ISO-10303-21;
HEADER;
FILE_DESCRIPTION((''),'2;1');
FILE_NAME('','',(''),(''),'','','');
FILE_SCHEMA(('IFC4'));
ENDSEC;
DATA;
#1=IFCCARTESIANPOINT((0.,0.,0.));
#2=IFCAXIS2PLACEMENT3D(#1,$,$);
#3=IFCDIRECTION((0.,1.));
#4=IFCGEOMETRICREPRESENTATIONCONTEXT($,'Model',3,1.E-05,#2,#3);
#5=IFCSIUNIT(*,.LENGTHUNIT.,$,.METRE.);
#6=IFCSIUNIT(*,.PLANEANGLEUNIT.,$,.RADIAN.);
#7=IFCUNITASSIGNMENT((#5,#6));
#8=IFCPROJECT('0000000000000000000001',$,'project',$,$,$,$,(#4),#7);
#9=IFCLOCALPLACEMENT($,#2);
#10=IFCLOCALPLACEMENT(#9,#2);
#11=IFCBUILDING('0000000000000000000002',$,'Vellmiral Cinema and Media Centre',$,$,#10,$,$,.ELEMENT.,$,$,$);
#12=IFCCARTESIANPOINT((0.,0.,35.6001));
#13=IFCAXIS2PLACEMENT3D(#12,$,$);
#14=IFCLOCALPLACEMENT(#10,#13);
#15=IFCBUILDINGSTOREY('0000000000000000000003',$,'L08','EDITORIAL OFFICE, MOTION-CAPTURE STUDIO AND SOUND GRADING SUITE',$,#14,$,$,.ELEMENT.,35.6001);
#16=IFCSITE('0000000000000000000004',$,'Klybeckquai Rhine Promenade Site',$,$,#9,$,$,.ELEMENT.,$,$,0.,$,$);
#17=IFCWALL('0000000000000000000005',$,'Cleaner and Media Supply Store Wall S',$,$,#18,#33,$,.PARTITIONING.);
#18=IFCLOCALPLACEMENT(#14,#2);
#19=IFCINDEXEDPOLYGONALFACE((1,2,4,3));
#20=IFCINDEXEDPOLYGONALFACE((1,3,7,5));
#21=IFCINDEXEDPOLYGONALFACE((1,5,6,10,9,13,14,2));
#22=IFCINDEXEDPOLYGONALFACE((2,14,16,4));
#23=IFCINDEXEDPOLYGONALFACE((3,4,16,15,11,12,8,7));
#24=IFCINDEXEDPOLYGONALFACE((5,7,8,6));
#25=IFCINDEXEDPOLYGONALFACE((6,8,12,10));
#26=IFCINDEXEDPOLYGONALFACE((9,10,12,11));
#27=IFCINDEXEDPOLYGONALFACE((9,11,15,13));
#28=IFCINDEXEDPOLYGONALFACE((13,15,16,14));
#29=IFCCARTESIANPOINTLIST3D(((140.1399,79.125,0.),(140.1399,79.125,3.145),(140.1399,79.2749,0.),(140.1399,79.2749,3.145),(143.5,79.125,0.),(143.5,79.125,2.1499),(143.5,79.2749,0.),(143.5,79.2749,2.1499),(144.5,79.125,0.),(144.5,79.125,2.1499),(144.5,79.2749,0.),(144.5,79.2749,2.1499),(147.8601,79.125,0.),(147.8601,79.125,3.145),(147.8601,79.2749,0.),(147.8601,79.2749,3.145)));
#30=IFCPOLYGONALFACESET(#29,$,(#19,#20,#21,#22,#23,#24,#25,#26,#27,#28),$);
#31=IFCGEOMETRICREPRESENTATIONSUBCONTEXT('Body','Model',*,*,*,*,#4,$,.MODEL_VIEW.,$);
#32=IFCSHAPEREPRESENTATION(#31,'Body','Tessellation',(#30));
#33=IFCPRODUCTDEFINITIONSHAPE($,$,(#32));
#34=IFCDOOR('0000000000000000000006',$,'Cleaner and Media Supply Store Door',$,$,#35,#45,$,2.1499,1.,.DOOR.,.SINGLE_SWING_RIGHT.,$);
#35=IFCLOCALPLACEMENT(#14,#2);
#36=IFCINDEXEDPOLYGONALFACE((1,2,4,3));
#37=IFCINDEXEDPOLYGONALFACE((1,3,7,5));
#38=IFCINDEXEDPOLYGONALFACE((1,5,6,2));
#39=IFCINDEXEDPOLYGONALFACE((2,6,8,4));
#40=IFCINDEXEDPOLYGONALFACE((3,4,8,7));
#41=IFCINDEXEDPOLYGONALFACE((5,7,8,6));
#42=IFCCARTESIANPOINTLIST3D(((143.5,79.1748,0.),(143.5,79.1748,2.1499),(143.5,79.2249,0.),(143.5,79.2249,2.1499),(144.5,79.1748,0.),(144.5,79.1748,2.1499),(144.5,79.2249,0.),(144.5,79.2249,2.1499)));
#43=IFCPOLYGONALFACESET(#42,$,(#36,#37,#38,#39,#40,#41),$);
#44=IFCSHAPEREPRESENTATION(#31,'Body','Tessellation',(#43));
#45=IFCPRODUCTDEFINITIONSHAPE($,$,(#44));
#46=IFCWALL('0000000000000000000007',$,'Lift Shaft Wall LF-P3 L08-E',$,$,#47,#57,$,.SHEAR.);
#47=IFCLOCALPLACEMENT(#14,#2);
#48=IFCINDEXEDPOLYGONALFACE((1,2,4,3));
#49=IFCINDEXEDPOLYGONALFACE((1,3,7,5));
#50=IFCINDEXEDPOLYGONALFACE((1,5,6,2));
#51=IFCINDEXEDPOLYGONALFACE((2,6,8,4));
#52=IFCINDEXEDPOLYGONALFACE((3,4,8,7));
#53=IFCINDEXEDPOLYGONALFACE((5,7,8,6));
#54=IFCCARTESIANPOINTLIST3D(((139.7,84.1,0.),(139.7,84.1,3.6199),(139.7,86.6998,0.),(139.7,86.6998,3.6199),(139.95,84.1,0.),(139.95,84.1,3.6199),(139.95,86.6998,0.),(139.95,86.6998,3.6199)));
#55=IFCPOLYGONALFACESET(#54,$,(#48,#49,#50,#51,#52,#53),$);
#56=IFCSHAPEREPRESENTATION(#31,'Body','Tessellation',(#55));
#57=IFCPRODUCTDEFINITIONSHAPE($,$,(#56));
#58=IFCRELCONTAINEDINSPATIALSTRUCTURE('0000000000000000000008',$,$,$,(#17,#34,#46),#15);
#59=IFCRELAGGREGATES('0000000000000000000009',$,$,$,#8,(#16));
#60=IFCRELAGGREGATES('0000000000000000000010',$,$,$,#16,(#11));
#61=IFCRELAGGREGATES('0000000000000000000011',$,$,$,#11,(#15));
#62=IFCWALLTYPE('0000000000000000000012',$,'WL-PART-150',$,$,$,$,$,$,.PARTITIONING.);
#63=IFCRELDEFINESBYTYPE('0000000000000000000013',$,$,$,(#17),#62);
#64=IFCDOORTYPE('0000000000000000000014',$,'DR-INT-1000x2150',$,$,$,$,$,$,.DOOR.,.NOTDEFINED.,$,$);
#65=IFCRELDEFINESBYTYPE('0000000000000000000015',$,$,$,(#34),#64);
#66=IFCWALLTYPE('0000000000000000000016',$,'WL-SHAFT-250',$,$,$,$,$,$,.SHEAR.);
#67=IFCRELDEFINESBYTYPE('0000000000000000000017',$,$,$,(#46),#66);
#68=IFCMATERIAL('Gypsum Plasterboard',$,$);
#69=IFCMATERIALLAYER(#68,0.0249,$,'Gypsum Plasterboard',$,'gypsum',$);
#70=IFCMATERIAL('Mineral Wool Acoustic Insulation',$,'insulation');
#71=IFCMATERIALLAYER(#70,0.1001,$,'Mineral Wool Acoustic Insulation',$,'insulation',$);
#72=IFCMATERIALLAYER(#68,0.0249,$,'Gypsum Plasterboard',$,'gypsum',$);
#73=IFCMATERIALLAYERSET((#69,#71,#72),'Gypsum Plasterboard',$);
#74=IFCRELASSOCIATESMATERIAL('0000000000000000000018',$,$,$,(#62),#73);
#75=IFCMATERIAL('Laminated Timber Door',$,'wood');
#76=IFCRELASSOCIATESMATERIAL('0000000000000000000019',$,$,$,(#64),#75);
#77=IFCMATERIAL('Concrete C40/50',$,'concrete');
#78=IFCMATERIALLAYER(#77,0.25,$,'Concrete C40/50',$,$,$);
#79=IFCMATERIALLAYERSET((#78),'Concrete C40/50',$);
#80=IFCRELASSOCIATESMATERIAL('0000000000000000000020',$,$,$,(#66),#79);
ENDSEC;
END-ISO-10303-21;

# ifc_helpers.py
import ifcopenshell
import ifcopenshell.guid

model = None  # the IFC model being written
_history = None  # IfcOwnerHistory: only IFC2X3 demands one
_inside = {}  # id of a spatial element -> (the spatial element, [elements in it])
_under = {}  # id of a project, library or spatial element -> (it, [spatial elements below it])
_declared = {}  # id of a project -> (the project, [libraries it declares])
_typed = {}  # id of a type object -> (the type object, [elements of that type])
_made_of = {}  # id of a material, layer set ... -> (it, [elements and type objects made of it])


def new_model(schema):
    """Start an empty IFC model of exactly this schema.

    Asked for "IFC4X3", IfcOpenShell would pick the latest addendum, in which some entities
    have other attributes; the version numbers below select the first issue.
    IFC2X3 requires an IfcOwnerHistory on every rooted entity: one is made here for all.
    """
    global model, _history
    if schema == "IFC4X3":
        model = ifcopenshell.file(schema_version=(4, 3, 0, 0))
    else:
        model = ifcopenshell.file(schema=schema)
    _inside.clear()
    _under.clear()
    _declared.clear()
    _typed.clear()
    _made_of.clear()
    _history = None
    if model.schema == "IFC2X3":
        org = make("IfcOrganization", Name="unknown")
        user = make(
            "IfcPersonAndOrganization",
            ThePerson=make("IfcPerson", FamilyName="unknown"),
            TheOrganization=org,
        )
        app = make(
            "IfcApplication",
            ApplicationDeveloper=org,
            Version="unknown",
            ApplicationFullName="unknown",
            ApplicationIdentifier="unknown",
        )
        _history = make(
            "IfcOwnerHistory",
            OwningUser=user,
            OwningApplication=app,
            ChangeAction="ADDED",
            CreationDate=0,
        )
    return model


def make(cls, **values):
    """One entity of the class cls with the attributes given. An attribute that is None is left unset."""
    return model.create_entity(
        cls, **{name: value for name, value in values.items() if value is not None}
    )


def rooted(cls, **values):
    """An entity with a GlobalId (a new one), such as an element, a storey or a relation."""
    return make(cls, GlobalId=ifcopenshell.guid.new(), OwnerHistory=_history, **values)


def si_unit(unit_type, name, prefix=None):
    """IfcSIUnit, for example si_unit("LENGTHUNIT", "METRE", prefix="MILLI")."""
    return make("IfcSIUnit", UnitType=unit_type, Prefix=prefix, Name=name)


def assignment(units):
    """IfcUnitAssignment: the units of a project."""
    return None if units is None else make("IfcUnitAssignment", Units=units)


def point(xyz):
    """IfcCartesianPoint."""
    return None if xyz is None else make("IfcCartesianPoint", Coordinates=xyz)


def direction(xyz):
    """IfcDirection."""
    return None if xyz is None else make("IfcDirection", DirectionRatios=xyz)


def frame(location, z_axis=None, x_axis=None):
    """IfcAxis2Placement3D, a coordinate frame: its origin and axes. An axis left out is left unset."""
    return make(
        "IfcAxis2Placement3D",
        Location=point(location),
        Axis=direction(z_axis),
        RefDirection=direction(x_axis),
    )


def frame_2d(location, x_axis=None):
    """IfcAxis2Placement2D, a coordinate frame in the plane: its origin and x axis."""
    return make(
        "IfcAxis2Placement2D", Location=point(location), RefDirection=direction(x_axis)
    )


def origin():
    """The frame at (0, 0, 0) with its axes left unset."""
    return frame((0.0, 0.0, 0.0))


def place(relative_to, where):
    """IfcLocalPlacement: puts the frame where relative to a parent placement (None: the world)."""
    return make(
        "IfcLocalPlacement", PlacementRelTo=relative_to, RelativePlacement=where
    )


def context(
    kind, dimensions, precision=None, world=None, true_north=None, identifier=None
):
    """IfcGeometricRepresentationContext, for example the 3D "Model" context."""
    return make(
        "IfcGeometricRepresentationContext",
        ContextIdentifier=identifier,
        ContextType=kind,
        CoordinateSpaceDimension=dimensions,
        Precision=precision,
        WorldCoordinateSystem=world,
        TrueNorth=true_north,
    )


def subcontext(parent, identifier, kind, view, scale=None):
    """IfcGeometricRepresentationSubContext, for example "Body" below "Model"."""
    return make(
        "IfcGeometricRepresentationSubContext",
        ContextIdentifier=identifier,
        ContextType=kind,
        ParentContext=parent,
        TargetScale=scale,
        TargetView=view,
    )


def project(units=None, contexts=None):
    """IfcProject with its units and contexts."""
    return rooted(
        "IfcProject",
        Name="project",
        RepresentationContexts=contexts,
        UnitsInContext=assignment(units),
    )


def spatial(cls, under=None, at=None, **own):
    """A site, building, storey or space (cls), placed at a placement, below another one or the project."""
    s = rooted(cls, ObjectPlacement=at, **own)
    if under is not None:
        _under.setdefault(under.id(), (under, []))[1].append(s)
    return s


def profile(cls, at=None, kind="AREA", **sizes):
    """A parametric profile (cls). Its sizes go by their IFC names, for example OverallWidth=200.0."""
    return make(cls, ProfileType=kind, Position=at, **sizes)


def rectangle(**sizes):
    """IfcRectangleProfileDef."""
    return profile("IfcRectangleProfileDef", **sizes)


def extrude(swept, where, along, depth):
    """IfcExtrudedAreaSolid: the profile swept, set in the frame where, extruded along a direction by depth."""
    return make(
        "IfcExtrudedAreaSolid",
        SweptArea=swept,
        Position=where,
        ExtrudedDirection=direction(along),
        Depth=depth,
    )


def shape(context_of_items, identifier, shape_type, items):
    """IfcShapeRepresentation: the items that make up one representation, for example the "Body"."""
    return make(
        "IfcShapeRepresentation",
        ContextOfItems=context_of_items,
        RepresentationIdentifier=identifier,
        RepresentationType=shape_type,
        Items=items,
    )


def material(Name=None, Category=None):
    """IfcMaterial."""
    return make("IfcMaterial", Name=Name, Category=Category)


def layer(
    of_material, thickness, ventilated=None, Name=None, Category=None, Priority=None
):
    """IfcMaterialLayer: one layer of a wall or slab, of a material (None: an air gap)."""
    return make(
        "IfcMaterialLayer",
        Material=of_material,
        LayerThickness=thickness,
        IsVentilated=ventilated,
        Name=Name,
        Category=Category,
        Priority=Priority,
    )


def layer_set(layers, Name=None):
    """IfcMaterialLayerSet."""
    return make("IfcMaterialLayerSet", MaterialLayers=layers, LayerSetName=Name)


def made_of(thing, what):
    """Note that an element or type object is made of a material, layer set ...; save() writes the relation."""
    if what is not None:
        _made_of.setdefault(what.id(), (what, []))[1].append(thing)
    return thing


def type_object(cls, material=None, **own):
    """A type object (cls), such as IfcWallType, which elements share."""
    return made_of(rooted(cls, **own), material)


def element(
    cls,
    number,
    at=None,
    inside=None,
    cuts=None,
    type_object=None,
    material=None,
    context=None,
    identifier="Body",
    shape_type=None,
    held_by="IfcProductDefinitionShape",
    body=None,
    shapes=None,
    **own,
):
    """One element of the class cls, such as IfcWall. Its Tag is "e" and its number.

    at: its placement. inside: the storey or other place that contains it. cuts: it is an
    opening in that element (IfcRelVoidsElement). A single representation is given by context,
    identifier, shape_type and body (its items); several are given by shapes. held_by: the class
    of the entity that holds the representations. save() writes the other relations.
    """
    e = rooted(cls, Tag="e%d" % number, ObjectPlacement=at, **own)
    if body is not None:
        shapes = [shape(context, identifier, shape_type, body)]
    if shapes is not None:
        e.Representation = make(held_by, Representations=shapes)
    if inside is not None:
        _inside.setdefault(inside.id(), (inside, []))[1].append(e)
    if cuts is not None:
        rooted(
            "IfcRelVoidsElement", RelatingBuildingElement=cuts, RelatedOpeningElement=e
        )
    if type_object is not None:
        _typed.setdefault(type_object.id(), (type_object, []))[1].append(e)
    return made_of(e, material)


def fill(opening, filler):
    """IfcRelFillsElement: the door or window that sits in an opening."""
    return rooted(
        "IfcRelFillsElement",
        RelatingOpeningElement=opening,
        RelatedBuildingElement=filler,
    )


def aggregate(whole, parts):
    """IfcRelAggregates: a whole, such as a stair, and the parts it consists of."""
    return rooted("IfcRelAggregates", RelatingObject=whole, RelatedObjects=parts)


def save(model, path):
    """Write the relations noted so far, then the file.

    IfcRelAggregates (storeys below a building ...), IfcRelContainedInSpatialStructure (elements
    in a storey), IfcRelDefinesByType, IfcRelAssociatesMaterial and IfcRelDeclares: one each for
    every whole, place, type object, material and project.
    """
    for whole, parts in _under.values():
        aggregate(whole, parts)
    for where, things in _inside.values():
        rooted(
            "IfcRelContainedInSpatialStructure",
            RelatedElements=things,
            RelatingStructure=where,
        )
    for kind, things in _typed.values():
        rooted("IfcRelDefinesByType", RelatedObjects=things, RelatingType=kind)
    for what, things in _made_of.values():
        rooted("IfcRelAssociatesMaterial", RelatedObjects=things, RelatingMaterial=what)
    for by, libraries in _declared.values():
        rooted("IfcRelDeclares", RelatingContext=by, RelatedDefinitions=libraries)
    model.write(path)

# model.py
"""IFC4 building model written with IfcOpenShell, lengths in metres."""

from ifc_helpers import new_model, si_unit, direction, frame, frame_2d, origin, place, context, subcontext, project, spatial, rectangle, extrude, material, layer, layer_set, type_object, element, fill, save


model = new_model("IFC4")

# Units and contexts
model_context = context("Model", 3, precision=1e-05, world=origin(), true_north=direction((0.0, 1.0)))
body_context = subcontext(model_context, "Body", "Model", "MODEL_VIEW")
ifc_project = project(units=[si_unit("LENGTHUNIT", "METRE"), si_unit("PLANEANGLEUNIT", "RADIAN")], contexts=[model_context])

# Site, building, storey
site_placement = place(None, origin())
site = spatial("IfcSite", under=ifc_project, at=site_placement, Name="Klybeckquai Rhine Promenade Site", CompositionType="ELEMENT", RefElevation=0.0)
building_placement = place(site_placement, origin())
building = spatial("IfcBuilding", under=site, at=building_placement, Name="Vellmiral Cinema and Media Centre", CompositionType="ELEMENT")
storey_placement = place(building_placement, frame((0.0, 0.0, 35.6001)))
storey = spatial("IfcBuildingStorey", under=building, at=storey_placement, Name="L08", Description="EDITORIAL OFFICE, MOTION-CAPTURE STUDIO AND SOUND GRADING SUITE", CompositionType="ELEMENT", Elevation=35.6001)

# Wall, opening, door
ifc_material_1 = material(Name="Gypsum Plasterboard")
ifc_layer_1 = layer(ifc_material_1, 0.0249, Name="Gypsum Plasterboard", Category="gypsum")
ifc_material_2 = material(Name="Mineral Wool Acoustic Insulation", Category="insulation")
ifc_layer_2 = layer(ifc_material_2, 0.1001, Name="Mineral Wool Acoustic Insulation", Category="insulation")
ifc_layer_3 = layer(ifc_material_1, 0.0249, Name="Gypsum Plasterboard", Category="gypsum")
ifc_layer_set_1 = layer_set([ifc_layer_1, ifc_layer_2, ifc_layer_3], Name="Gypsum Plasterboard")
wall_type_1 = type_object("IfcWallType", Name="WL-PART-150", PredefinedType="PARTITIONING", material=ifc_layer_set_1)
wall_1_placement = place(storey_placement, frame((140.1399, 79.2, 0.0), z_axis=(0.0, 0.0, 1.0), x_axis=(1.0, 0.0, 0.0)))
wall_1 = element("IfcWall", 1, at=wall_1_placement, inside=storey, type_object=wall_type_1, Name="Cleaner and Media Supply Store Wall S", PredefinedType="PARTITIONING", context=body_context, shape_type="SweptSolid", body=[
    extrude(rectangle(XDim=7.7202, YDim=0.1499, at=frame_2d((3.8601, 0.0))), origin(), (0.0, 0.0, 1.0), 3.145),
])
opening_placement = place(wall_1_placement, frame((3.3601, 0.0, 0.0)))
opening = element("IfcOpeningElement", 2, at=opening_placement, cuts=wall_1, PredefinedType="OPENING", context=body_context, shape_type="SweptSolid", body=[
    extrude(rectangle(XDim=1.0, YDim=2.1499, at=frame_2d((0.5, 1.075))), frame((0.0, 0.0869, 0.0), z_axis=(0.0, -1.0, 0.0), x_axis=(1.0, 0.0, 0.0)), (0.0, 0.0, 1.0), 0.1738),
])
ifc_material_3 = material(Name="Laminated Timber Door", Category="wood")
door_type = type_object("IfcDoorType", Name="DR-INT-1000x2150", OperationType="NOTDEFINED", PredefinedType="DOOR", material=ifc_material_3)
door_placement = place(opening_placement, origin())
door = element("IfcDoor", 3, at=door_placement, inside=storey, type_object=door_type, Name="Cleaner and Media Supply Store Door", OperationType="SINGLE_SWING_RIGHT", OverallHeight=2.1499, OverallWidth=1.0, PredefinedType="DOOR", context=body_context, shape_type="SweptSolid", body=[
    extrude(rectangle(XDim=1.0, YDim=2.1499, at=frame_2d((0.5, 1.075))), frame((0.0, 0.0249, 0.0), z_axis=(0.0, -1.0, 0.0), x_axis=(1.0, 0.0, 0.0)), (0.0, 0.0, 1.0), 0.05),
])
fill(opening, door)

# Wall
ifc_material_4 = material(Name="Concrete C40/50", Category="concrete")
ifc_layer_4 = layer(ifc_material_4, 0.25, Name="Concrete C40/50")
ifc_layer_set_2 = layer_set([ifc_layer_4], Name="Concrete C40/50")
wall_type_2 = type_object("IfcWallType", Name="WL-SHAFT-250", PredefinedType="SHEAR", material=ifc_layer_set_2)
wall_2_placement = place(storey_placement, frame((139.825, 84.1001, 0.0), z_axis=(0.0, 0.0, 1.0), x_axis=(0.0, 1.0, 0.0)))
element("IfcWall", 4, at=wall_2_placement, inside=storey, type_object=wall_type_2, Name="Lift Shaft Wall LF-P3 L08-E", PredefinedType="SHEAR", context=body_context, shape_type="SweptSolid", body=[
    extrude(rectangle(XDim=2.5999, YDim=0.25, at=frame_2d((1.2998, 0.0))), origin(), (0.0, 0.0, 1.0), 3.6199),
])

save(model, "model.ifc")
